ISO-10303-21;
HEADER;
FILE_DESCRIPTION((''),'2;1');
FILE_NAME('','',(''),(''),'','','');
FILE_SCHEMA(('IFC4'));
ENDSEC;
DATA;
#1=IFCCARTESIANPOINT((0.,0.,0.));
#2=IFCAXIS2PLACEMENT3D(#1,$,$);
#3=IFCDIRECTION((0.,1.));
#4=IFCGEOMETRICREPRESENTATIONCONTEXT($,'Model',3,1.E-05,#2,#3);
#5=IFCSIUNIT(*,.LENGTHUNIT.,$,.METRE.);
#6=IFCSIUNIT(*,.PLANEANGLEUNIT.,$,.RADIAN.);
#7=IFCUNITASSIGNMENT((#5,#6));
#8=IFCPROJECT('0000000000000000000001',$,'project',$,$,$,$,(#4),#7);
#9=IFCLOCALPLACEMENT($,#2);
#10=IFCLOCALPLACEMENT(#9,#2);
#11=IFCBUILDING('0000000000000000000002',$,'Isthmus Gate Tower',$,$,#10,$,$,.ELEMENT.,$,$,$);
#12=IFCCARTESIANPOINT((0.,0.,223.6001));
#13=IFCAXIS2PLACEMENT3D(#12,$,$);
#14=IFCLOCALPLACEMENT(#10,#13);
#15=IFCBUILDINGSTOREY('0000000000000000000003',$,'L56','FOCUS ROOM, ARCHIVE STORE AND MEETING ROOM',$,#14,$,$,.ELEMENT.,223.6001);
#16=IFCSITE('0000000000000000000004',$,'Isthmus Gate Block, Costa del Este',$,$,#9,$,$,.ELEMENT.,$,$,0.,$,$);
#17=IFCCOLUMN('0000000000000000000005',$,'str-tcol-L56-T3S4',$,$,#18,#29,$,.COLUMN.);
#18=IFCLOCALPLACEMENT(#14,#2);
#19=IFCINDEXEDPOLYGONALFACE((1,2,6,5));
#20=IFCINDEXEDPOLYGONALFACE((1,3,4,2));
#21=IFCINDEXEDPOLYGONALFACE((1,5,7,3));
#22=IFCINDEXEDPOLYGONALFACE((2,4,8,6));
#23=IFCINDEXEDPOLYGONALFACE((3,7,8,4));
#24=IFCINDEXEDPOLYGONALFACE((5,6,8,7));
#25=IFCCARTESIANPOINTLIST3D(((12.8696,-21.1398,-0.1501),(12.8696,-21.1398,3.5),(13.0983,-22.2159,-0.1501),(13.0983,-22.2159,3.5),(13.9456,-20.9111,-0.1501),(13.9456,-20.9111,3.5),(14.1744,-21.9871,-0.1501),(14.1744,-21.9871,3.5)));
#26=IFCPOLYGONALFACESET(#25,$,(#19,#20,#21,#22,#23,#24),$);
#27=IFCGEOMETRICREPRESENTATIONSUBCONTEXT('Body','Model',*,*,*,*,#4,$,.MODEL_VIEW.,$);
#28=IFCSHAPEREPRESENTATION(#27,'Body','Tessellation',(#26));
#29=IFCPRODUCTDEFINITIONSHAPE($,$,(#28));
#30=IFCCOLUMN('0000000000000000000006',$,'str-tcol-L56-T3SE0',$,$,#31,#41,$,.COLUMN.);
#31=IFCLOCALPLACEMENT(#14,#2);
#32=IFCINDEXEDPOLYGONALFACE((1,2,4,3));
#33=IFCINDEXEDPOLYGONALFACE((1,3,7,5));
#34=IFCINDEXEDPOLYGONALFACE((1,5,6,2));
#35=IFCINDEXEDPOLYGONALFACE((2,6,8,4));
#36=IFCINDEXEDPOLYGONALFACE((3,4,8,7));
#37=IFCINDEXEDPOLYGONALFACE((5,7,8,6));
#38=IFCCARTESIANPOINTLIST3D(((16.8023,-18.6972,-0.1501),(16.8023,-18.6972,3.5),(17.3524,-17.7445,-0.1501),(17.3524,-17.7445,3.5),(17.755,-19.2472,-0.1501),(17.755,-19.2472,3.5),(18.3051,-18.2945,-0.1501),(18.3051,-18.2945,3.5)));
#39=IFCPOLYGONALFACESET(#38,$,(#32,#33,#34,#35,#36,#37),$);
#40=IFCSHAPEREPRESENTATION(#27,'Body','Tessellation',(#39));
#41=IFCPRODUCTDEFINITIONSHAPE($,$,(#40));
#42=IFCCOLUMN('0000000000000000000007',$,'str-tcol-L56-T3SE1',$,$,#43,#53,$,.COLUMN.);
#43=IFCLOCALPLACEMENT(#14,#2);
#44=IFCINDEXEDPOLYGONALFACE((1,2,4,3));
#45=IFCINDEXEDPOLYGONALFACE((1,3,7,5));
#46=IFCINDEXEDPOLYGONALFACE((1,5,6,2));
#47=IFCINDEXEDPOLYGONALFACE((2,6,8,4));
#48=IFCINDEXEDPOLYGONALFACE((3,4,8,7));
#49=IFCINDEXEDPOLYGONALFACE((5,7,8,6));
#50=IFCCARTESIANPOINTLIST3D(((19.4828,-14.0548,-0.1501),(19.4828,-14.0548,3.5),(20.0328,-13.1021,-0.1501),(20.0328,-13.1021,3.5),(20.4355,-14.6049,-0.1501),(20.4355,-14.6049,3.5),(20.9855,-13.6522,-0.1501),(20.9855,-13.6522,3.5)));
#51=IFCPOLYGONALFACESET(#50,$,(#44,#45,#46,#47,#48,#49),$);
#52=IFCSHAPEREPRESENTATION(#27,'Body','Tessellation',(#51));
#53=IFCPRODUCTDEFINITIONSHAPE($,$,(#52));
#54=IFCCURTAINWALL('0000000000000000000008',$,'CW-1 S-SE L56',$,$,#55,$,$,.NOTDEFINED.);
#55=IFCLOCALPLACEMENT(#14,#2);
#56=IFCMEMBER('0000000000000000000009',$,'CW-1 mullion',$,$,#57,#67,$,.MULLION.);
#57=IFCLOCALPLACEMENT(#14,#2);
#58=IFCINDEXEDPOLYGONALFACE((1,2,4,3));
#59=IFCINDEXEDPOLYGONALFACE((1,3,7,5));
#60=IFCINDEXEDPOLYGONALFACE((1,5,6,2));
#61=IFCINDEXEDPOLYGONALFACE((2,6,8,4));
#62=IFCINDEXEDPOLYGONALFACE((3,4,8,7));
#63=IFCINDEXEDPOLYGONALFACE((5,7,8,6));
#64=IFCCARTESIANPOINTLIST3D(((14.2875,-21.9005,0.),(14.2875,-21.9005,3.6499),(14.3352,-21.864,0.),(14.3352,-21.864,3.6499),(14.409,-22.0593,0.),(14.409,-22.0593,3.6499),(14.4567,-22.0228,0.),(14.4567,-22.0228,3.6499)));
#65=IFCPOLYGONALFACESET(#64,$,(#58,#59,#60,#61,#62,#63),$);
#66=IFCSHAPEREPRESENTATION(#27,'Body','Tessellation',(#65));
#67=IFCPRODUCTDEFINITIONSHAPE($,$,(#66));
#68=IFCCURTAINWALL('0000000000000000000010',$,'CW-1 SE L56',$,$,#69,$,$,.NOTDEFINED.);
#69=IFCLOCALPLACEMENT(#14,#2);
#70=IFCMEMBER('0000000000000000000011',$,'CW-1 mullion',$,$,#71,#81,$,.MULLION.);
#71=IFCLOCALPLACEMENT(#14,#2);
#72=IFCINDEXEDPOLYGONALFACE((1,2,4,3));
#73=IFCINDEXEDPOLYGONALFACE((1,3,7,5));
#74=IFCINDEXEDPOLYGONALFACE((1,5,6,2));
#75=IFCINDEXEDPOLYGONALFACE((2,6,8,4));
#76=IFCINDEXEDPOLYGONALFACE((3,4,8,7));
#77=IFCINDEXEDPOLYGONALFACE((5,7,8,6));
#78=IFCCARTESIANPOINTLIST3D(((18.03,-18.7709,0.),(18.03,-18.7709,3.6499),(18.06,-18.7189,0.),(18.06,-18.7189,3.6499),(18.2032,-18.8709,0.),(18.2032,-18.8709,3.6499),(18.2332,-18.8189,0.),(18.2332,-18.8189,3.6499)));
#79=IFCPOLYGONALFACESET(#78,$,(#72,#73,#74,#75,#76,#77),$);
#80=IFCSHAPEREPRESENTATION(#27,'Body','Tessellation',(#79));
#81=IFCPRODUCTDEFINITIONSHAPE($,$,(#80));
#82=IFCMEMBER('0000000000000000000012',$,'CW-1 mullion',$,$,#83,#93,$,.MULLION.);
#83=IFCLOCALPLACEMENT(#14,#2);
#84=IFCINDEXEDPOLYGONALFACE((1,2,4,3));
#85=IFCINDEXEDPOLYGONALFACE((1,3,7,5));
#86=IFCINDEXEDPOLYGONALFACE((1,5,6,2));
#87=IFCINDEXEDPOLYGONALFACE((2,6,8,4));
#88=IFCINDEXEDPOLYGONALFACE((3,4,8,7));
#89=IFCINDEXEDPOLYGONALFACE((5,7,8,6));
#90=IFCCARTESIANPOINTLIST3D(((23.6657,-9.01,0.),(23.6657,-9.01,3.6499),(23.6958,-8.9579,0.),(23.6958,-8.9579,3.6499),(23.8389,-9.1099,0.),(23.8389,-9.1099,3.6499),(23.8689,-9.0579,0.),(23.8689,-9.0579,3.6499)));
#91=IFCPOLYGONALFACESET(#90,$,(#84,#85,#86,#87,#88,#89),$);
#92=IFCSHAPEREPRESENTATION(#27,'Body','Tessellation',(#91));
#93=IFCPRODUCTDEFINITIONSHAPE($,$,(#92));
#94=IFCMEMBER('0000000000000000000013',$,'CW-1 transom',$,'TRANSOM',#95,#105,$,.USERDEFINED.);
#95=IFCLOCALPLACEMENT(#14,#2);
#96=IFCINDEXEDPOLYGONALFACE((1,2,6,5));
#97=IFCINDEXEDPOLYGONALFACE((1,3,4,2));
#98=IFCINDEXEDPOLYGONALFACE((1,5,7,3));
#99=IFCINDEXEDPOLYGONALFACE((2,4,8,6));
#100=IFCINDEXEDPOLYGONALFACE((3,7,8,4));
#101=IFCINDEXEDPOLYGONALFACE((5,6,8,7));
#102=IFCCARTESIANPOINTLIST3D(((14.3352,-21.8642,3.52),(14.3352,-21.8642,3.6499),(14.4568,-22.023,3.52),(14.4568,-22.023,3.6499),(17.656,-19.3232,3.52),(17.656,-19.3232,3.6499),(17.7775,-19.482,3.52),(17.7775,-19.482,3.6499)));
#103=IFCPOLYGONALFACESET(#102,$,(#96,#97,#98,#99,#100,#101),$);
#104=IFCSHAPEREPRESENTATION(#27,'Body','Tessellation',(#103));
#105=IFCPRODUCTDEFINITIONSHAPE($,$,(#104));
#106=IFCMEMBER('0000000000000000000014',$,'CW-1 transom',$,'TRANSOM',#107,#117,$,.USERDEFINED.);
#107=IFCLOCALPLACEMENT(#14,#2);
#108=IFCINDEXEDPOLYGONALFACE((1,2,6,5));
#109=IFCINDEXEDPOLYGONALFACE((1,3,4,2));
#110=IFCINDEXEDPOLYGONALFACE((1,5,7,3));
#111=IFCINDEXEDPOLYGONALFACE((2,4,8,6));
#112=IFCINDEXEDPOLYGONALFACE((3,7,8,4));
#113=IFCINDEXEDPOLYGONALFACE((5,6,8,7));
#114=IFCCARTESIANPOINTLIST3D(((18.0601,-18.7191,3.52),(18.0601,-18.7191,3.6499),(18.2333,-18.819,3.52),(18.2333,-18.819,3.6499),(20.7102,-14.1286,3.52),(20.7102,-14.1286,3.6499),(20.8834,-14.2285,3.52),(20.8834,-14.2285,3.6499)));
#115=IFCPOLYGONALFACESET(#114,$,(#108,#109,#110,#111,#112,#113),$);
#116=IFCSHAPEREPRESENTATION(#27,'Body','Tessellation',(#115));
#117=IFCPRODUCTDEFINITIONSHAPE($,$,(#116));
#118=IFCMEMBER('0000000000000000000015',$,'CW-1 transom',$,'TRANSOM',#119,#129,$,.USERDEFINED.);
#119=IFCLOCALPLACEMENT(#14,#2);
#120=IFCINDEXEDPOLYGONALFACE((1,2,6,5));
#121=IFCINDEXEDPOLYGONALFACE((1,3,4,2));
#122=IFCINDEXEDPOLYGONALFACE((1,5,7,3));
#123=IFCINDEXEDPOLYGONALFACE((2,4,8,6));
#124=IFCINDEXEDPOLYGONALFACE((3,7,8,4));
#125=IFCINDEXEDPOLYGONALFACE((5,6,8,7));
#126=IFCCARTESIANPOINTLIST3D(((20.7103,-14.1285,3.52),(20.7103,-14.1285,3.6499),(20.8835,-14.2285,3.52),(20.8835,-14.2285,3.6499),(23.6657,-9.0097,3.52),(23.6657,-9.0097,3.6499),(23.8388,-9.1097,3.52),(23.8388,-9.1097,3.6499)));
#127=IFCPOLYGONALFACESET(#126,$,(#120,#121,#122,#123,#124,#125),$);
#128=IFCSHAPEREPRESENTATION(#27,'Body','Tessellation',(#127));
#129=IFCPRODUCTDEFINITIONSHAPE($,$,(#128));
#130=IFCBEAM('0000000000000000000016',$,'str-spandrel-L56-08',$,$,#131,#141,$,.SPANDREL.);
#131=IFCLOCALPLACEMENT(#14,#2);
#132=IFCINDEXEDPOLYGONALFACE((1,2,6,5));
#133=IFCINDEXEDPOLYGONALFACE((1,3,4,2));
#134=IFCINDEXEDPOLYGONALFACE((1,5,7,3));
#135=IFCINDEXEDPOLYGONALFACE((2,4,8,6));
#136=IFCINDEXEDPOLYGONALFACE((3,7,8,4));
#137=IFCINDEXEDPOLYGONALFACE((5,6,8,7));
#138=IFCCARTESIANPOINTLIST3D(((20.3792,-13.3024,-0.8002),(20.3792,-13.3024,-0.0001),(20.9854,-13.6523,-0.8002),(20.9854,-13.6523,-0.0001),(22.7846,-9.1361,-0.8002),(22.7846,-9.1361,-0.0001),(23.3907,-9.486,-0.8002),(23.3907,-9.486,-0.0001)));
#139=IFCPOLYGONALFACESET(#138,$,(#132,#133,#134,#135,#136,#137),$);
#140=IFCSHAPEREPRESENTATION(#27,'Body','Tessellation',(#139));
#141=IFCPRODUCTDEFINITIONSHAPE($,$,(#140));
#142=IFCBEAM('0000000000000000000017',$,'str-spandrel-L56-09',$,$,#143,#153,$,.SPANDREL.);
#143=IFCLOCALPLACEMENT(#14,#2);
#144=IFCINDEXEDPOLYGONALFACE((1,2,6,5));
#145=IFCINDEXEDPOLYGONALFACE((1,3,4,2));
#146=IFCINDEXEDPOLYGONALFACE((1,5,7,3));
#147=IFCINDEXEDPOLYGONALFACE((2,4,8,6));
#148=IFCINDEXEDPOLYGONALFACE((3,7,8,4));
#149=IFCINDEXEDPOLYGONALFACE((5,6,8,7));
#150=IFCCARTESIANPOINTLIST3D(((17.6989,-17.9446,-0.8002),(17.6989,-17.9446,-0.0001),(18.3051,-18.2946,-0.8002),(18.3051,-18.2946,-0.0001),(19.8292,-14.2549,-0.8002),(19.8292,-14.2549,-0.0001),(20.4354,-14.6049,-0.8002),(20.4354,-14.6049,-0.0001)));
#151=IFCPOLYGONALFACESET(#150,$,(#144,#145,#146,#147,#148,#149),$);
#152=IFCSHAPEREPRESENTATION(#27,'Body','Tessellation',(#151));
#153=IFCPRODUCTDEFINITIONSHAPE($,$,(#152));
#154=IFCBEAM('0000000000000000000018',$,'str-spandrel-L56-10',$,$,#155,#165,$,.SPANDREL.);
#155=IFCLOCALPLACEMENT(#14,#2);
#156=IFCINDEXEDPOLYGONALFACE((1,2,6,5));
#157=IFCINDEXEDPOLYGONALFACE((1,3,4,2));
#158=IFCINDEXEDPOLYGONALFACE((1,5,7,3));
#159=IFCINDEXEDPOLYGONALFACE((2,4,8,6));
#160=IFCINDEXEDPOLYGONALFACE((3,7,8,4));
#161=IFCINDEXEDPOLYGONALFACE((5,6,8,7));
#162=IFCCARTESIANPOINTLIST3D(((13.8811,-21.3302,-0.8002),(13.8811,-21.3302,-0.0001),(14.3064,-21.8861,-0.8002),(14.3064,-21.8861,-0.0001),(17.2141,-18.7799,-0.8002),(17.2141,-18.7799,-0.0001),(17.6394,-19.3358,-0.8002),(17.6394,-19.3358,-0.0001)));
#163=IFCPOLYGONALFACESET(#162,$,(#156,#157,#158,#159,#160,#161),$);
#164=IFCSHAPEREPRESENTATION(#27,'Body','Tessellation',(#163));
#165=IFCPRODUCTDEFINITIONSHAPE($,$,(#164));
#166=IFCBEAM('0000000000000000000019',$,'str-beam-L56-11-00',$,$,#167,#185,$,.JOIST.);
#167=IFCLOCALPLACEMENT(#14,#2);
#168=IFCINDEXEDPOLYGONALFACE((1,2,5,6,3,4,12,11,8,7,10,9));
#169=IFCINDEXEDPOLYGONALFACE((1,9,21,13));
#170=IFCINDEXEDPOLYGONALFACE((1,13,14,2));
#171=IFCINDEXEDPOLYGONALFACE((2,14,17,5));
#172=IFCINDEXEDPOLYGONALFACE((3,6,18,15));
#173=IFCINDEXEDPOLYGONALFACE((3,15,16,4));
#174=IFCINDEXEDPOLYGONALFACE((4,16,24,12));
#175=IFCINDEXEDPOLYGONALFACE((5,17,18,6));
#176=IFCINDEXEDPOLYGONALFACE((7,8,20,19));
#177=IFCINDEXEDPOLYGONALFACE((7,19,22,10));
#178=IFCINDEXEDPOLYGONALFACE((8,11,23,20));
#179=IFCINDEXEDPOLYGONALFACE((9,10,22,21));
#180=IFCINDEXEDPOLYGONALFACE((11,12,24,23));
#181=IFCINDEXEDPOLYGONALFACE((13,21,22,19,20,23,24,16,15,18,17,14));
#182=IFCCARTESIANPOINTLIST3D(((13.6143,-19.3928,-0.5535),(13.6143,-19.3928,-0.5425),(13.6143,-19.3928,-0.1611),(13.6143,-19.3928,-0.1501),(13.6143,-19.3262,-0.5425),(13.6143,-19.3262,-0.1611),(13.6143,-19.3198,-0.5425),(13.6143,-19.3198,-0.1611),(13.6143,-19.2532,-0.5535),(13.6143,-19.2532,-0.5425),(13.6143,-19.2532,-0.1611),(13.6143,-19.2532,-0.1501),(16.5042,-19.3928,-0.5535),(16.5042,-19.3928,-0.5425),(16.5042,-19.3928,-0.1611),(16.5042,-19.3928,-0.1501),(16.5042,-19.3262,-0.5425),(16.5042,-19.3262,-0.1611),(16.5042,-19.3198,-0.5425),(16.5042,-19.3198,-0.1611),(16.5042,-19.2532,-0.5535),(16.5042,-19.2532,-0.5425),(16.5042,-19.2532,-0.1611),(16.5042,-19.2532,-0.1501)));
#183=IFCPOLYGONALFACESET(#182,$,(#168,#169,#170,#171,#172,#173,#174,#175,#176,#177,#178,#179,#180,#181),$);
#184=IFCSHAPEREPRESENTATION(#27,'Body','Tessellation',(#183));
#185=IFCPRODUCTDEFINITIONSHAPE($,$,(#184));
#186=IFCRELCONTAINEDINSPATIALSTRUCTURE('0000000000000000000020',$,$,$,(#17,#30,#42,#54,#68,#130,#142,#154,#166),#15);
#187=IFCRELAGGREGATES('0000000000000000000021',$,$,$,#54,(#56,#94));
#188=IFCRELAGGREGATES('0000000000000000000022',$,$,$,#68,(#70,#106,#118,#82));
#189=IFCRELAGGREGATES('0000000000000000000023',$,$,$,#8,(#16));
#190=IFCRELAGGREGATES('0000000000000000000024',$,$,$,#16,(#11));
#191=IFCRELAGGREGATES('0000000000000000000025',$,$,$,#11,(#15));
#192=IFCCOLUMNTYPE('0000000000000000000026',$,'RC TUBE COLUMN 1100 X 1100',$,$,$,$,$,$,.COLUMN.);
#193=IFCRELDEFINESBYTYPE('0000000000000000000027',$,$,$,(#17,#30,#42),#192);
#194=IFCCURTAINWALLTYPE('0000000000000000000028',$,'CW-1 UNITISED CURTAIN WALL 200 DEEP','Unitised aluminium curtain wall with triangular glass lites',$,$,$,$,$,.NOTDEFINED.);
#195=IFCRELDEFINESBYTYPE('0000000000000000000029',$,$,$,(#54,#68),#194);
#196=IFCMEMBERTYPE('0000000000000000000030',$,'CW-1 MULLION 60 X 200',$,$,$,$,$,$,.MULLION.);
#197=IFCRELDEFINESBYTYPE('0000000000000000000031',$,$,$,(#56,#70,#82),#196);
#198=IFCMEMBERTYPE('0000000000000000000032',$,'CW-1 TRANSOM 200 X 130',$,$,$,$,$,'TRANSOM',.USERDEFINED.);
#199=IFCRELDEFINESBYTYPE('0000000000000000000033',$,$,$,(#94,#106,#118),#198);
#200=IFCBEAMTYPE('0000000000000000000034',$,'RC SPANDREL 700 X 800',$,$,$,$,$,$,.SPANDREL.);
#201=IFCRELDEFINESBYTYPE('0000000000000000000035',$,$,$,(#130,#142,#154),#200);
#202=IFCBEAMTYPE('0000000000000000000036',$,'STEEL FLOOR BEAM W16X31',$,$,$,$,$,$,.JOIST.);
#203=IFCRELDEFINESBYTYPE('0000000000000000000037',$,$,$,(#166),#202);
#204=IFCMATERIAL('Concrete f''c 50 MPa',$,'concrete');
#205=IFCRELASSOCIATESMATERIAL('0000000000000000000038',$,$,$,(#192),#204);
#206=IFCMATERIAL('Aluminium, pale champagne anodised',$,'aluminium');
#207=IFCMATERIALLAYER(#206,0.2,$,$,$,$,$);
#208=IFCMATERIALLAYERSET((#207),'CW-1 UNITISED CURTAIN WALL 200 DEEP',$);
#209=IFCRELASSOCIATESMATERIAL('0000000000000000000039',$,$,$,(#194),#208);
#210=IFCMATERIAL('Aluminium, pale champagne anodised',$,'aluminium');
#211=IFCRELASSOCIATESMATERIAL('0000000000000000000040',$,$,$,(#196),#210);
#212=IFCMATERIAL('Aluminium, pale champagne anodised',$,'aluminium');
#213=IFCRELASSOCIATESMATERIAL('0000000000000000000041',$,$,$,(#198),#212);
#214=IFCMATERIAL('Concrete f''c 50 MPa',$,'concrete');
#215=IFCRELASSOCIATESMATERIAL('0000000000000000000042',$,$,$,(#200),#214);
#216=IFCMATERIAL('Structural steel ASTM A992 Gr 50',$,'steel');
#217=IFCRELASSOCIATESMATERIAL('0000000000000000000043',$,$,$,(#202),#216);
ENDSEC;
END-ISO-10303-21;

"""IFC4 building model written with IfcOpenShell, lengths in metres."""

from ifc_helpers import new_model, si_unit, direction, frame, origin, origin_2d, place, context, subcontext, project, spatial, rectangle, i_section, extrude, material, layer, layer_set, material_profile, profile_set, type_object, element, aggregate, save


model = new_model("IFC4")

# Units and contexts
model_context = context("Model", 3, precision=1e-05, world=origin(), true_north=direction((0.0, 1.0)))
body_context = subcontext(model_context, "Body", "Model", "MODEL_VIEW")
ifc_project = project(units=[si_unit("LENGTHUNIT", "METRE"), si_unit("PLANEANGLEUNIT", "RADIAN")], contexts=[model_context])

# Site, building, storey
site_placement = place(None, origin())
site = spatial("IfcSite", under=ifc_project, at=site_placement, Name="Isthmus Gate Block, Costa del Este", CompositionType="ELEMENT", RefElevation=0.0)
building_placement = place(site_placement, origin())
building = spatial("IfcBuilding", under=site, at=building_placement, Name="Isthmus Gate Tower", CompositionType="ELEMENT")
storey_placement = place(building_placement, frame((0.0, 0.0, 223.6001)))
storey = spatial("IfcBuildingStorey", under=building, at=storey_placement, Name="L56", Description="FOCUS ROOM, ARCHIVE STORE AND MEETING ROOM", CompositionType="ELEMENT", Elevation=223.6001)

# Columns
ifc_material_1 = material(Name="Concrete f'c 50 MPa", Category="concrete")
ifc_material_profile_1 = material_profile(ifc_material_1, rectangle(XDim=1.1001, YDim=1.1001, at=origin_2d()), Name="RC 1100X1100")
ifc_profile_set_1 = profile_set([ifc_material_profile_1], Name="Concrete f'c 50 MPa")
column_type = type_object("IfcColumnType", Name="RC TUBE COLUMN 1100 X 1100", PredefinedType="COLUMN", material=ifc_profile_set_1)
for number, where, z_axis, x_axis, name in (
    (1, (13.522, -21.5635, -0.1501), (0.0, 0.0, 1.0), (0.978148, 0.207912, 0.0), "str-tcol-L56-T3S4"),
    (2, (17.5537, -18.4958, -0.1501), (0.0, 0.0, 1.0), (0.5, 0.866025, 0.0), "str-tcol-L56-T3SE0"),
    (3, (20.2341, -13.8535, -0.1501), (0.0, 0.0, 1.0), (0.5, 0.866025, 0.0), "str-tcol-L56-T3SE1"),
):
    element("IfcColumn", number, at=place(storey_placement, frame(where, z_axis=z_axis, x_axis=x_axis)), inside=storey, type_object=column_type, Name=name, PredefinedType="COLUMN", context=body_context, shape_type="SweptSolid", body=[
        extrude(rectangle(XDim=1.1001, YDim=1.1001, at=origin_2d()), origin(), (0.0, 0.0, 1.0), 3.6501),
    ])

# Curtain wall, member
ifc_material_2 = material(Name="Aluminium, pale champagne anodised", Category="aluminium")
ifc_layer_1 = layer(ifc_material_2, 0.2)
ifc_layer_set_1 = layer_set([ifc_layer_1], Name="CW-1 UNITISED CURTAIN WALL 200 DEEP")
curtain_wall_type = type_object("IfcCurtainWallType", Name="CW-1 UNITISED CURTAIN WALL 200 DEEP", Description="Unitised aluminium curtain wall with triangular glass lites", PredefinedType="NOTDEFINED", material=ifc_layer_set_1)
curtain_wall_1_placement = place(storey_placement, origin())
curtain_wall_1 = element("IfcCurtainWall", 4, at=curtain_wall_1_placement, inside=storey, type_object=curtain_wall_type, Name="CW-1 S-SE L56", PredefinedType="NOTDEFINED")
ifc_material_3 = material(Name="Aluminium, pale champagne anodised", Category="aluminium")
ifc_material_profile_2 = material_profile(ifc_material_3, rectangle(XDim=0.0601, YDim=0.2, at=origin_2d()), Name="60x200")
ifc_profile_set_2 = profile_set([ifc_material_profile_2], Name="Aluminium, pale champagne anodised")
member_type_1 = type_object("IfcMemberType", Name="CW-1 MULLION 60 X 200", PredefinedType="MULLION", material=ifc_profile_set_2)
member_1_placement = place(storey_placement, frame((14.3721, -21.9617, 0.0), z_axis=(0.0, 0.0, 1.0), x_axis=(0.794189, 0.607671, 0.0)))
member_1 = element("IfcMember", 5, at=member_1_placement, type_object=member_type_1, Name="CW-1 mullion", PredefinedType="MULLION", context=body_context, shape_type="SweptSolid", body=[
    extrude(rectangle(XDim=0.0601, YDim=0.2, at=origin_2d()), origin(), (0.0, 0.0, 1.0), 3.6499),
])

# Curtain wall, members
curtain_wall_2_placement = place(storey_placement, origin())
curtain_wall_2 = element("IfcCurtainWall", 6, at=curtain_wall_2_placement, inside=storey, type_object=curtain_wall_type, Name="CW-1 SE L56", PredefinedType="NOTDEFINED")
member_2_placement = place(storey_placement, frame((18.1316, -18.7949, 0.0), z_axis=(0.0, 0.0, 1.0), x_axis=(0.5, 0.866025, 0.0)))
member_2 = element("IfcMember", 7, at=member_2_placement, type_object=member_type_1, Name="CW-1 mullion", PredefinedType="MULLION", context=body_context, shape_type="SweptSolid", body=[
    extrude(rectangle(XDim=0.0601, YDim=0.2, at=origin_2d()), origin(), (0.0, 0.0, 1.0), 3.6499),
])
member_3_placement = place(storey_placement, frame((23.7673, -9.0339, 0.0), z_axis=(0.0, 0.0, 1.0), x_axis=(0.5, 0.866025, 0.0)))
member_3 = element("IfcMember", 8, at=member_3_placement, type_object=member_type_1, Name="CW-1 mullion", PredefinedType="MULLION", context=body_context, shape_type="SweptSolid", body=[
    extrude(rectangle(XDim=0.0601, YDim=0.2, at=origin_2d()), origin(), (0.0, 0.0, 1.0), 3.6499),
])

# Members
ifc_material_4 = material(Name="Aluminium, pale champagne anodised", Category="aluminium")
ifc_material_profile_3 = material_profile(ifc_material_4, rectangle(XDim=0.2, YDim=0.1299, at=origin_2d()), Name="200x130")
ifc_profile_set_3 = profile_set([ifc_material_profile_3], Name="Aluminium, pale champagne anodised")
member_type_2 = type_object("IfcMemberType", Name="CW-1 TRANSOM 200 X 130", ElementType="TRANSOM", PredefinedType="USERDEFINED", material=ifc_profile_set_3)
member_4_placement = place(storey_placement, frame((14.396, -21.9436, 3.585), z_axis=(0.794175, 0.607688, 0.0), x_axis=(-0.607688, 0.794175, 0.0)))
member_4 = element("IfcMember", 9, at=member_4_placement, type_object=member_type_2, Name="CW-1 transom", ObjectType="TRANSOM", PredefinedType="USERDEFINED", context=body_context, shape_type="SweptSolid", body=[
    extrude(rectangle(XDim=0.2, YDim=0.1299, at=origin_2d()), origin(), (0.0, 0.0, 1.0), 4.1814),
])
member_5_placement = place(storey_placement, frame((18.1467, -18.769, 3.585), z_axis=(0.499968, 0.866044, 0.0), x_axis=(-0.866044, 0.499968, 0.0)))
member_5 = element("IfcMember", 10, at=member_5_placement, type_object=member_type_2, Name="CW-1 transom", ObjectType="TRANSOM", PredefinedType="USERDEFINED", context=body_context, shape_type="SweptSolid", body=[
    extrude(rectangle(XDim=0.2, YDim=0.1299, at=origin_2d()), origin(), (0.0, 0.0, 1.0), 5.3005),
])
member_6_placement = place(storey_placement, frame((20.7969, -14.1785, 3.585), z_axis=(0.500008, 0.86602, 0.0), x_axis=(-0.86602, 0.500008, 0.0)))
member_6 = element("IfcMember", 11, at=member_6_placement, type_object=member_type_2, Name="CW-1 transom", ObjectType="TRANSOM", PredefinedType="USERDEFINED", context=body_context, shape_type="SweptSolid", body=[
    extrude(rectangle(XDim=0.2, YDim=0.1299, at=origin_2d()), origin(), (0.0, 0.0, 1.0), 5.9106),
])

# Beams
ifc_material_5 = material(Name="Concrete f'c 50 MPa", Category="concrete")
ifc_material_profile_4 = material_profile(ifc_material_5, rectangle(XDim=0.7, YDim=0.8, at=origin_2d()), Name="RC 700X800")
ifc_profile_set_4 = profile_set([ifc_material_profile_4], Name="Concrete f'c 50 MPa")
beam_type_1 = type_object("IfcBeamType", Name="RC SPANDREL 700 X 800", PredefinedType="SPANDREL", material=ifc_profile_set_4)
beam_1_placement = place(storey_placement, frame((23.0876, -9.311, -0.4001), z_axis=(-0.499982, -0.866036, 0.0), x_axis=(0.866036, -0.499982, 0.0)))
element("IfcBeam", 12, at=beam_1_placement, inside=storey, type_object=beam_type_1, Name="str-spandrel-L56-08", PredefinedType="SPANDREL", context=body_context, shape_type="SweptSolid", body=[
    extrude(rectangle(XDim=0.7, YDim=0.8, at=origin_2d()), origin(), (0.0, 0.0, 1.0), 4.8108),
])
beam_2_placement = place(storey_placement, frame((20.1323, -14.4299, -0.4001), z_axis=(-0.500022, -0.866013, 0.0), x_axis=(0.866013, -0.500022, 0.0)))
element("IfcBeam", 13, at=beam_2_placement, inside=storey, type_object=beam_type_1, Name="str-spandrel-L56-09", PredefinedType="SPANDREL", context=body_context, shape_type="SweptSolid", body=[
    extrude(rectangle(XDim=0.7, YDim=0.8, at=origin_2d()), origin(), (0.0, 0.0, 1.0), 4.2605),
])
beam_3_placement = place(storey_placement, frame((17.4268, -19.0579, -0.4001), z_axis=(-0.794183, -0.607679, 0.0), x_axis=(0.607679, -0.794183, 0.0)))
element("IfcBeam", 14, at=beam_3_placement, inside=storey, type_object=beam_type_1, Name="str-spandrel-L56-10", PredefinedType="SPANDREL", context=body_context, shape_type="SweptSolid", body=[
    extrude(rectangle(XDim=0.7, YDim=0.8, at=origin_2d()), origin(), (0.0, 0.0, 1.0), 4.1968),
])
ifc_material_6 = material(Name="Structural steel ASTM A992 Gr 50", Category="steel")
ifc_material_profile_5 = material_profile(ifc_material_6, i_section(OverallWidth=0.1396, OverallDepth=0.4033, WebThickness=0.0063, FlangeThickness=0.011, at=origin_2d()), Name="W16X31")
ifc_profile_set_5 = profile_set([ifc_material_profile_5], Name="Structural steel ASTM A992 Gr 50")
beam_type_2 = type_object("IfcBeamType", Name="STEEL FLOOR BEAM W16X31", PredefinedType="JOIST", material=ifc_profile_set_5)
beam_4_placement = place(storey_placement, frame((13.6143, -19.323, -0.3518), z_axis=(1.0, 0.0, 0.0), x_axis=(0.0, 1.0, 0.0)))
element("IfcBeam", 15, at=beam_4_placement, inside=storey, type_object=beam_type_2, Name="str-beam-L56-11-00", PredefinedType="JOIST", context=body_context, shape_type="SweptSolid", body=[
    extrude(i_section(OverallWidth=0.1396, OverallDepth=0.4033, WebThickness=0.0063, FlangeThickness=0.011, at=origin_2d()), origin(), (0.0, 0.0, 1.0), 2.8899),
])

aggregate(curtain_wall_1, [member_1, member_4])
aggregate(curtain_wall_2, [member_2, member_5, member_6, member_3])

save(model, "model.ifc")
